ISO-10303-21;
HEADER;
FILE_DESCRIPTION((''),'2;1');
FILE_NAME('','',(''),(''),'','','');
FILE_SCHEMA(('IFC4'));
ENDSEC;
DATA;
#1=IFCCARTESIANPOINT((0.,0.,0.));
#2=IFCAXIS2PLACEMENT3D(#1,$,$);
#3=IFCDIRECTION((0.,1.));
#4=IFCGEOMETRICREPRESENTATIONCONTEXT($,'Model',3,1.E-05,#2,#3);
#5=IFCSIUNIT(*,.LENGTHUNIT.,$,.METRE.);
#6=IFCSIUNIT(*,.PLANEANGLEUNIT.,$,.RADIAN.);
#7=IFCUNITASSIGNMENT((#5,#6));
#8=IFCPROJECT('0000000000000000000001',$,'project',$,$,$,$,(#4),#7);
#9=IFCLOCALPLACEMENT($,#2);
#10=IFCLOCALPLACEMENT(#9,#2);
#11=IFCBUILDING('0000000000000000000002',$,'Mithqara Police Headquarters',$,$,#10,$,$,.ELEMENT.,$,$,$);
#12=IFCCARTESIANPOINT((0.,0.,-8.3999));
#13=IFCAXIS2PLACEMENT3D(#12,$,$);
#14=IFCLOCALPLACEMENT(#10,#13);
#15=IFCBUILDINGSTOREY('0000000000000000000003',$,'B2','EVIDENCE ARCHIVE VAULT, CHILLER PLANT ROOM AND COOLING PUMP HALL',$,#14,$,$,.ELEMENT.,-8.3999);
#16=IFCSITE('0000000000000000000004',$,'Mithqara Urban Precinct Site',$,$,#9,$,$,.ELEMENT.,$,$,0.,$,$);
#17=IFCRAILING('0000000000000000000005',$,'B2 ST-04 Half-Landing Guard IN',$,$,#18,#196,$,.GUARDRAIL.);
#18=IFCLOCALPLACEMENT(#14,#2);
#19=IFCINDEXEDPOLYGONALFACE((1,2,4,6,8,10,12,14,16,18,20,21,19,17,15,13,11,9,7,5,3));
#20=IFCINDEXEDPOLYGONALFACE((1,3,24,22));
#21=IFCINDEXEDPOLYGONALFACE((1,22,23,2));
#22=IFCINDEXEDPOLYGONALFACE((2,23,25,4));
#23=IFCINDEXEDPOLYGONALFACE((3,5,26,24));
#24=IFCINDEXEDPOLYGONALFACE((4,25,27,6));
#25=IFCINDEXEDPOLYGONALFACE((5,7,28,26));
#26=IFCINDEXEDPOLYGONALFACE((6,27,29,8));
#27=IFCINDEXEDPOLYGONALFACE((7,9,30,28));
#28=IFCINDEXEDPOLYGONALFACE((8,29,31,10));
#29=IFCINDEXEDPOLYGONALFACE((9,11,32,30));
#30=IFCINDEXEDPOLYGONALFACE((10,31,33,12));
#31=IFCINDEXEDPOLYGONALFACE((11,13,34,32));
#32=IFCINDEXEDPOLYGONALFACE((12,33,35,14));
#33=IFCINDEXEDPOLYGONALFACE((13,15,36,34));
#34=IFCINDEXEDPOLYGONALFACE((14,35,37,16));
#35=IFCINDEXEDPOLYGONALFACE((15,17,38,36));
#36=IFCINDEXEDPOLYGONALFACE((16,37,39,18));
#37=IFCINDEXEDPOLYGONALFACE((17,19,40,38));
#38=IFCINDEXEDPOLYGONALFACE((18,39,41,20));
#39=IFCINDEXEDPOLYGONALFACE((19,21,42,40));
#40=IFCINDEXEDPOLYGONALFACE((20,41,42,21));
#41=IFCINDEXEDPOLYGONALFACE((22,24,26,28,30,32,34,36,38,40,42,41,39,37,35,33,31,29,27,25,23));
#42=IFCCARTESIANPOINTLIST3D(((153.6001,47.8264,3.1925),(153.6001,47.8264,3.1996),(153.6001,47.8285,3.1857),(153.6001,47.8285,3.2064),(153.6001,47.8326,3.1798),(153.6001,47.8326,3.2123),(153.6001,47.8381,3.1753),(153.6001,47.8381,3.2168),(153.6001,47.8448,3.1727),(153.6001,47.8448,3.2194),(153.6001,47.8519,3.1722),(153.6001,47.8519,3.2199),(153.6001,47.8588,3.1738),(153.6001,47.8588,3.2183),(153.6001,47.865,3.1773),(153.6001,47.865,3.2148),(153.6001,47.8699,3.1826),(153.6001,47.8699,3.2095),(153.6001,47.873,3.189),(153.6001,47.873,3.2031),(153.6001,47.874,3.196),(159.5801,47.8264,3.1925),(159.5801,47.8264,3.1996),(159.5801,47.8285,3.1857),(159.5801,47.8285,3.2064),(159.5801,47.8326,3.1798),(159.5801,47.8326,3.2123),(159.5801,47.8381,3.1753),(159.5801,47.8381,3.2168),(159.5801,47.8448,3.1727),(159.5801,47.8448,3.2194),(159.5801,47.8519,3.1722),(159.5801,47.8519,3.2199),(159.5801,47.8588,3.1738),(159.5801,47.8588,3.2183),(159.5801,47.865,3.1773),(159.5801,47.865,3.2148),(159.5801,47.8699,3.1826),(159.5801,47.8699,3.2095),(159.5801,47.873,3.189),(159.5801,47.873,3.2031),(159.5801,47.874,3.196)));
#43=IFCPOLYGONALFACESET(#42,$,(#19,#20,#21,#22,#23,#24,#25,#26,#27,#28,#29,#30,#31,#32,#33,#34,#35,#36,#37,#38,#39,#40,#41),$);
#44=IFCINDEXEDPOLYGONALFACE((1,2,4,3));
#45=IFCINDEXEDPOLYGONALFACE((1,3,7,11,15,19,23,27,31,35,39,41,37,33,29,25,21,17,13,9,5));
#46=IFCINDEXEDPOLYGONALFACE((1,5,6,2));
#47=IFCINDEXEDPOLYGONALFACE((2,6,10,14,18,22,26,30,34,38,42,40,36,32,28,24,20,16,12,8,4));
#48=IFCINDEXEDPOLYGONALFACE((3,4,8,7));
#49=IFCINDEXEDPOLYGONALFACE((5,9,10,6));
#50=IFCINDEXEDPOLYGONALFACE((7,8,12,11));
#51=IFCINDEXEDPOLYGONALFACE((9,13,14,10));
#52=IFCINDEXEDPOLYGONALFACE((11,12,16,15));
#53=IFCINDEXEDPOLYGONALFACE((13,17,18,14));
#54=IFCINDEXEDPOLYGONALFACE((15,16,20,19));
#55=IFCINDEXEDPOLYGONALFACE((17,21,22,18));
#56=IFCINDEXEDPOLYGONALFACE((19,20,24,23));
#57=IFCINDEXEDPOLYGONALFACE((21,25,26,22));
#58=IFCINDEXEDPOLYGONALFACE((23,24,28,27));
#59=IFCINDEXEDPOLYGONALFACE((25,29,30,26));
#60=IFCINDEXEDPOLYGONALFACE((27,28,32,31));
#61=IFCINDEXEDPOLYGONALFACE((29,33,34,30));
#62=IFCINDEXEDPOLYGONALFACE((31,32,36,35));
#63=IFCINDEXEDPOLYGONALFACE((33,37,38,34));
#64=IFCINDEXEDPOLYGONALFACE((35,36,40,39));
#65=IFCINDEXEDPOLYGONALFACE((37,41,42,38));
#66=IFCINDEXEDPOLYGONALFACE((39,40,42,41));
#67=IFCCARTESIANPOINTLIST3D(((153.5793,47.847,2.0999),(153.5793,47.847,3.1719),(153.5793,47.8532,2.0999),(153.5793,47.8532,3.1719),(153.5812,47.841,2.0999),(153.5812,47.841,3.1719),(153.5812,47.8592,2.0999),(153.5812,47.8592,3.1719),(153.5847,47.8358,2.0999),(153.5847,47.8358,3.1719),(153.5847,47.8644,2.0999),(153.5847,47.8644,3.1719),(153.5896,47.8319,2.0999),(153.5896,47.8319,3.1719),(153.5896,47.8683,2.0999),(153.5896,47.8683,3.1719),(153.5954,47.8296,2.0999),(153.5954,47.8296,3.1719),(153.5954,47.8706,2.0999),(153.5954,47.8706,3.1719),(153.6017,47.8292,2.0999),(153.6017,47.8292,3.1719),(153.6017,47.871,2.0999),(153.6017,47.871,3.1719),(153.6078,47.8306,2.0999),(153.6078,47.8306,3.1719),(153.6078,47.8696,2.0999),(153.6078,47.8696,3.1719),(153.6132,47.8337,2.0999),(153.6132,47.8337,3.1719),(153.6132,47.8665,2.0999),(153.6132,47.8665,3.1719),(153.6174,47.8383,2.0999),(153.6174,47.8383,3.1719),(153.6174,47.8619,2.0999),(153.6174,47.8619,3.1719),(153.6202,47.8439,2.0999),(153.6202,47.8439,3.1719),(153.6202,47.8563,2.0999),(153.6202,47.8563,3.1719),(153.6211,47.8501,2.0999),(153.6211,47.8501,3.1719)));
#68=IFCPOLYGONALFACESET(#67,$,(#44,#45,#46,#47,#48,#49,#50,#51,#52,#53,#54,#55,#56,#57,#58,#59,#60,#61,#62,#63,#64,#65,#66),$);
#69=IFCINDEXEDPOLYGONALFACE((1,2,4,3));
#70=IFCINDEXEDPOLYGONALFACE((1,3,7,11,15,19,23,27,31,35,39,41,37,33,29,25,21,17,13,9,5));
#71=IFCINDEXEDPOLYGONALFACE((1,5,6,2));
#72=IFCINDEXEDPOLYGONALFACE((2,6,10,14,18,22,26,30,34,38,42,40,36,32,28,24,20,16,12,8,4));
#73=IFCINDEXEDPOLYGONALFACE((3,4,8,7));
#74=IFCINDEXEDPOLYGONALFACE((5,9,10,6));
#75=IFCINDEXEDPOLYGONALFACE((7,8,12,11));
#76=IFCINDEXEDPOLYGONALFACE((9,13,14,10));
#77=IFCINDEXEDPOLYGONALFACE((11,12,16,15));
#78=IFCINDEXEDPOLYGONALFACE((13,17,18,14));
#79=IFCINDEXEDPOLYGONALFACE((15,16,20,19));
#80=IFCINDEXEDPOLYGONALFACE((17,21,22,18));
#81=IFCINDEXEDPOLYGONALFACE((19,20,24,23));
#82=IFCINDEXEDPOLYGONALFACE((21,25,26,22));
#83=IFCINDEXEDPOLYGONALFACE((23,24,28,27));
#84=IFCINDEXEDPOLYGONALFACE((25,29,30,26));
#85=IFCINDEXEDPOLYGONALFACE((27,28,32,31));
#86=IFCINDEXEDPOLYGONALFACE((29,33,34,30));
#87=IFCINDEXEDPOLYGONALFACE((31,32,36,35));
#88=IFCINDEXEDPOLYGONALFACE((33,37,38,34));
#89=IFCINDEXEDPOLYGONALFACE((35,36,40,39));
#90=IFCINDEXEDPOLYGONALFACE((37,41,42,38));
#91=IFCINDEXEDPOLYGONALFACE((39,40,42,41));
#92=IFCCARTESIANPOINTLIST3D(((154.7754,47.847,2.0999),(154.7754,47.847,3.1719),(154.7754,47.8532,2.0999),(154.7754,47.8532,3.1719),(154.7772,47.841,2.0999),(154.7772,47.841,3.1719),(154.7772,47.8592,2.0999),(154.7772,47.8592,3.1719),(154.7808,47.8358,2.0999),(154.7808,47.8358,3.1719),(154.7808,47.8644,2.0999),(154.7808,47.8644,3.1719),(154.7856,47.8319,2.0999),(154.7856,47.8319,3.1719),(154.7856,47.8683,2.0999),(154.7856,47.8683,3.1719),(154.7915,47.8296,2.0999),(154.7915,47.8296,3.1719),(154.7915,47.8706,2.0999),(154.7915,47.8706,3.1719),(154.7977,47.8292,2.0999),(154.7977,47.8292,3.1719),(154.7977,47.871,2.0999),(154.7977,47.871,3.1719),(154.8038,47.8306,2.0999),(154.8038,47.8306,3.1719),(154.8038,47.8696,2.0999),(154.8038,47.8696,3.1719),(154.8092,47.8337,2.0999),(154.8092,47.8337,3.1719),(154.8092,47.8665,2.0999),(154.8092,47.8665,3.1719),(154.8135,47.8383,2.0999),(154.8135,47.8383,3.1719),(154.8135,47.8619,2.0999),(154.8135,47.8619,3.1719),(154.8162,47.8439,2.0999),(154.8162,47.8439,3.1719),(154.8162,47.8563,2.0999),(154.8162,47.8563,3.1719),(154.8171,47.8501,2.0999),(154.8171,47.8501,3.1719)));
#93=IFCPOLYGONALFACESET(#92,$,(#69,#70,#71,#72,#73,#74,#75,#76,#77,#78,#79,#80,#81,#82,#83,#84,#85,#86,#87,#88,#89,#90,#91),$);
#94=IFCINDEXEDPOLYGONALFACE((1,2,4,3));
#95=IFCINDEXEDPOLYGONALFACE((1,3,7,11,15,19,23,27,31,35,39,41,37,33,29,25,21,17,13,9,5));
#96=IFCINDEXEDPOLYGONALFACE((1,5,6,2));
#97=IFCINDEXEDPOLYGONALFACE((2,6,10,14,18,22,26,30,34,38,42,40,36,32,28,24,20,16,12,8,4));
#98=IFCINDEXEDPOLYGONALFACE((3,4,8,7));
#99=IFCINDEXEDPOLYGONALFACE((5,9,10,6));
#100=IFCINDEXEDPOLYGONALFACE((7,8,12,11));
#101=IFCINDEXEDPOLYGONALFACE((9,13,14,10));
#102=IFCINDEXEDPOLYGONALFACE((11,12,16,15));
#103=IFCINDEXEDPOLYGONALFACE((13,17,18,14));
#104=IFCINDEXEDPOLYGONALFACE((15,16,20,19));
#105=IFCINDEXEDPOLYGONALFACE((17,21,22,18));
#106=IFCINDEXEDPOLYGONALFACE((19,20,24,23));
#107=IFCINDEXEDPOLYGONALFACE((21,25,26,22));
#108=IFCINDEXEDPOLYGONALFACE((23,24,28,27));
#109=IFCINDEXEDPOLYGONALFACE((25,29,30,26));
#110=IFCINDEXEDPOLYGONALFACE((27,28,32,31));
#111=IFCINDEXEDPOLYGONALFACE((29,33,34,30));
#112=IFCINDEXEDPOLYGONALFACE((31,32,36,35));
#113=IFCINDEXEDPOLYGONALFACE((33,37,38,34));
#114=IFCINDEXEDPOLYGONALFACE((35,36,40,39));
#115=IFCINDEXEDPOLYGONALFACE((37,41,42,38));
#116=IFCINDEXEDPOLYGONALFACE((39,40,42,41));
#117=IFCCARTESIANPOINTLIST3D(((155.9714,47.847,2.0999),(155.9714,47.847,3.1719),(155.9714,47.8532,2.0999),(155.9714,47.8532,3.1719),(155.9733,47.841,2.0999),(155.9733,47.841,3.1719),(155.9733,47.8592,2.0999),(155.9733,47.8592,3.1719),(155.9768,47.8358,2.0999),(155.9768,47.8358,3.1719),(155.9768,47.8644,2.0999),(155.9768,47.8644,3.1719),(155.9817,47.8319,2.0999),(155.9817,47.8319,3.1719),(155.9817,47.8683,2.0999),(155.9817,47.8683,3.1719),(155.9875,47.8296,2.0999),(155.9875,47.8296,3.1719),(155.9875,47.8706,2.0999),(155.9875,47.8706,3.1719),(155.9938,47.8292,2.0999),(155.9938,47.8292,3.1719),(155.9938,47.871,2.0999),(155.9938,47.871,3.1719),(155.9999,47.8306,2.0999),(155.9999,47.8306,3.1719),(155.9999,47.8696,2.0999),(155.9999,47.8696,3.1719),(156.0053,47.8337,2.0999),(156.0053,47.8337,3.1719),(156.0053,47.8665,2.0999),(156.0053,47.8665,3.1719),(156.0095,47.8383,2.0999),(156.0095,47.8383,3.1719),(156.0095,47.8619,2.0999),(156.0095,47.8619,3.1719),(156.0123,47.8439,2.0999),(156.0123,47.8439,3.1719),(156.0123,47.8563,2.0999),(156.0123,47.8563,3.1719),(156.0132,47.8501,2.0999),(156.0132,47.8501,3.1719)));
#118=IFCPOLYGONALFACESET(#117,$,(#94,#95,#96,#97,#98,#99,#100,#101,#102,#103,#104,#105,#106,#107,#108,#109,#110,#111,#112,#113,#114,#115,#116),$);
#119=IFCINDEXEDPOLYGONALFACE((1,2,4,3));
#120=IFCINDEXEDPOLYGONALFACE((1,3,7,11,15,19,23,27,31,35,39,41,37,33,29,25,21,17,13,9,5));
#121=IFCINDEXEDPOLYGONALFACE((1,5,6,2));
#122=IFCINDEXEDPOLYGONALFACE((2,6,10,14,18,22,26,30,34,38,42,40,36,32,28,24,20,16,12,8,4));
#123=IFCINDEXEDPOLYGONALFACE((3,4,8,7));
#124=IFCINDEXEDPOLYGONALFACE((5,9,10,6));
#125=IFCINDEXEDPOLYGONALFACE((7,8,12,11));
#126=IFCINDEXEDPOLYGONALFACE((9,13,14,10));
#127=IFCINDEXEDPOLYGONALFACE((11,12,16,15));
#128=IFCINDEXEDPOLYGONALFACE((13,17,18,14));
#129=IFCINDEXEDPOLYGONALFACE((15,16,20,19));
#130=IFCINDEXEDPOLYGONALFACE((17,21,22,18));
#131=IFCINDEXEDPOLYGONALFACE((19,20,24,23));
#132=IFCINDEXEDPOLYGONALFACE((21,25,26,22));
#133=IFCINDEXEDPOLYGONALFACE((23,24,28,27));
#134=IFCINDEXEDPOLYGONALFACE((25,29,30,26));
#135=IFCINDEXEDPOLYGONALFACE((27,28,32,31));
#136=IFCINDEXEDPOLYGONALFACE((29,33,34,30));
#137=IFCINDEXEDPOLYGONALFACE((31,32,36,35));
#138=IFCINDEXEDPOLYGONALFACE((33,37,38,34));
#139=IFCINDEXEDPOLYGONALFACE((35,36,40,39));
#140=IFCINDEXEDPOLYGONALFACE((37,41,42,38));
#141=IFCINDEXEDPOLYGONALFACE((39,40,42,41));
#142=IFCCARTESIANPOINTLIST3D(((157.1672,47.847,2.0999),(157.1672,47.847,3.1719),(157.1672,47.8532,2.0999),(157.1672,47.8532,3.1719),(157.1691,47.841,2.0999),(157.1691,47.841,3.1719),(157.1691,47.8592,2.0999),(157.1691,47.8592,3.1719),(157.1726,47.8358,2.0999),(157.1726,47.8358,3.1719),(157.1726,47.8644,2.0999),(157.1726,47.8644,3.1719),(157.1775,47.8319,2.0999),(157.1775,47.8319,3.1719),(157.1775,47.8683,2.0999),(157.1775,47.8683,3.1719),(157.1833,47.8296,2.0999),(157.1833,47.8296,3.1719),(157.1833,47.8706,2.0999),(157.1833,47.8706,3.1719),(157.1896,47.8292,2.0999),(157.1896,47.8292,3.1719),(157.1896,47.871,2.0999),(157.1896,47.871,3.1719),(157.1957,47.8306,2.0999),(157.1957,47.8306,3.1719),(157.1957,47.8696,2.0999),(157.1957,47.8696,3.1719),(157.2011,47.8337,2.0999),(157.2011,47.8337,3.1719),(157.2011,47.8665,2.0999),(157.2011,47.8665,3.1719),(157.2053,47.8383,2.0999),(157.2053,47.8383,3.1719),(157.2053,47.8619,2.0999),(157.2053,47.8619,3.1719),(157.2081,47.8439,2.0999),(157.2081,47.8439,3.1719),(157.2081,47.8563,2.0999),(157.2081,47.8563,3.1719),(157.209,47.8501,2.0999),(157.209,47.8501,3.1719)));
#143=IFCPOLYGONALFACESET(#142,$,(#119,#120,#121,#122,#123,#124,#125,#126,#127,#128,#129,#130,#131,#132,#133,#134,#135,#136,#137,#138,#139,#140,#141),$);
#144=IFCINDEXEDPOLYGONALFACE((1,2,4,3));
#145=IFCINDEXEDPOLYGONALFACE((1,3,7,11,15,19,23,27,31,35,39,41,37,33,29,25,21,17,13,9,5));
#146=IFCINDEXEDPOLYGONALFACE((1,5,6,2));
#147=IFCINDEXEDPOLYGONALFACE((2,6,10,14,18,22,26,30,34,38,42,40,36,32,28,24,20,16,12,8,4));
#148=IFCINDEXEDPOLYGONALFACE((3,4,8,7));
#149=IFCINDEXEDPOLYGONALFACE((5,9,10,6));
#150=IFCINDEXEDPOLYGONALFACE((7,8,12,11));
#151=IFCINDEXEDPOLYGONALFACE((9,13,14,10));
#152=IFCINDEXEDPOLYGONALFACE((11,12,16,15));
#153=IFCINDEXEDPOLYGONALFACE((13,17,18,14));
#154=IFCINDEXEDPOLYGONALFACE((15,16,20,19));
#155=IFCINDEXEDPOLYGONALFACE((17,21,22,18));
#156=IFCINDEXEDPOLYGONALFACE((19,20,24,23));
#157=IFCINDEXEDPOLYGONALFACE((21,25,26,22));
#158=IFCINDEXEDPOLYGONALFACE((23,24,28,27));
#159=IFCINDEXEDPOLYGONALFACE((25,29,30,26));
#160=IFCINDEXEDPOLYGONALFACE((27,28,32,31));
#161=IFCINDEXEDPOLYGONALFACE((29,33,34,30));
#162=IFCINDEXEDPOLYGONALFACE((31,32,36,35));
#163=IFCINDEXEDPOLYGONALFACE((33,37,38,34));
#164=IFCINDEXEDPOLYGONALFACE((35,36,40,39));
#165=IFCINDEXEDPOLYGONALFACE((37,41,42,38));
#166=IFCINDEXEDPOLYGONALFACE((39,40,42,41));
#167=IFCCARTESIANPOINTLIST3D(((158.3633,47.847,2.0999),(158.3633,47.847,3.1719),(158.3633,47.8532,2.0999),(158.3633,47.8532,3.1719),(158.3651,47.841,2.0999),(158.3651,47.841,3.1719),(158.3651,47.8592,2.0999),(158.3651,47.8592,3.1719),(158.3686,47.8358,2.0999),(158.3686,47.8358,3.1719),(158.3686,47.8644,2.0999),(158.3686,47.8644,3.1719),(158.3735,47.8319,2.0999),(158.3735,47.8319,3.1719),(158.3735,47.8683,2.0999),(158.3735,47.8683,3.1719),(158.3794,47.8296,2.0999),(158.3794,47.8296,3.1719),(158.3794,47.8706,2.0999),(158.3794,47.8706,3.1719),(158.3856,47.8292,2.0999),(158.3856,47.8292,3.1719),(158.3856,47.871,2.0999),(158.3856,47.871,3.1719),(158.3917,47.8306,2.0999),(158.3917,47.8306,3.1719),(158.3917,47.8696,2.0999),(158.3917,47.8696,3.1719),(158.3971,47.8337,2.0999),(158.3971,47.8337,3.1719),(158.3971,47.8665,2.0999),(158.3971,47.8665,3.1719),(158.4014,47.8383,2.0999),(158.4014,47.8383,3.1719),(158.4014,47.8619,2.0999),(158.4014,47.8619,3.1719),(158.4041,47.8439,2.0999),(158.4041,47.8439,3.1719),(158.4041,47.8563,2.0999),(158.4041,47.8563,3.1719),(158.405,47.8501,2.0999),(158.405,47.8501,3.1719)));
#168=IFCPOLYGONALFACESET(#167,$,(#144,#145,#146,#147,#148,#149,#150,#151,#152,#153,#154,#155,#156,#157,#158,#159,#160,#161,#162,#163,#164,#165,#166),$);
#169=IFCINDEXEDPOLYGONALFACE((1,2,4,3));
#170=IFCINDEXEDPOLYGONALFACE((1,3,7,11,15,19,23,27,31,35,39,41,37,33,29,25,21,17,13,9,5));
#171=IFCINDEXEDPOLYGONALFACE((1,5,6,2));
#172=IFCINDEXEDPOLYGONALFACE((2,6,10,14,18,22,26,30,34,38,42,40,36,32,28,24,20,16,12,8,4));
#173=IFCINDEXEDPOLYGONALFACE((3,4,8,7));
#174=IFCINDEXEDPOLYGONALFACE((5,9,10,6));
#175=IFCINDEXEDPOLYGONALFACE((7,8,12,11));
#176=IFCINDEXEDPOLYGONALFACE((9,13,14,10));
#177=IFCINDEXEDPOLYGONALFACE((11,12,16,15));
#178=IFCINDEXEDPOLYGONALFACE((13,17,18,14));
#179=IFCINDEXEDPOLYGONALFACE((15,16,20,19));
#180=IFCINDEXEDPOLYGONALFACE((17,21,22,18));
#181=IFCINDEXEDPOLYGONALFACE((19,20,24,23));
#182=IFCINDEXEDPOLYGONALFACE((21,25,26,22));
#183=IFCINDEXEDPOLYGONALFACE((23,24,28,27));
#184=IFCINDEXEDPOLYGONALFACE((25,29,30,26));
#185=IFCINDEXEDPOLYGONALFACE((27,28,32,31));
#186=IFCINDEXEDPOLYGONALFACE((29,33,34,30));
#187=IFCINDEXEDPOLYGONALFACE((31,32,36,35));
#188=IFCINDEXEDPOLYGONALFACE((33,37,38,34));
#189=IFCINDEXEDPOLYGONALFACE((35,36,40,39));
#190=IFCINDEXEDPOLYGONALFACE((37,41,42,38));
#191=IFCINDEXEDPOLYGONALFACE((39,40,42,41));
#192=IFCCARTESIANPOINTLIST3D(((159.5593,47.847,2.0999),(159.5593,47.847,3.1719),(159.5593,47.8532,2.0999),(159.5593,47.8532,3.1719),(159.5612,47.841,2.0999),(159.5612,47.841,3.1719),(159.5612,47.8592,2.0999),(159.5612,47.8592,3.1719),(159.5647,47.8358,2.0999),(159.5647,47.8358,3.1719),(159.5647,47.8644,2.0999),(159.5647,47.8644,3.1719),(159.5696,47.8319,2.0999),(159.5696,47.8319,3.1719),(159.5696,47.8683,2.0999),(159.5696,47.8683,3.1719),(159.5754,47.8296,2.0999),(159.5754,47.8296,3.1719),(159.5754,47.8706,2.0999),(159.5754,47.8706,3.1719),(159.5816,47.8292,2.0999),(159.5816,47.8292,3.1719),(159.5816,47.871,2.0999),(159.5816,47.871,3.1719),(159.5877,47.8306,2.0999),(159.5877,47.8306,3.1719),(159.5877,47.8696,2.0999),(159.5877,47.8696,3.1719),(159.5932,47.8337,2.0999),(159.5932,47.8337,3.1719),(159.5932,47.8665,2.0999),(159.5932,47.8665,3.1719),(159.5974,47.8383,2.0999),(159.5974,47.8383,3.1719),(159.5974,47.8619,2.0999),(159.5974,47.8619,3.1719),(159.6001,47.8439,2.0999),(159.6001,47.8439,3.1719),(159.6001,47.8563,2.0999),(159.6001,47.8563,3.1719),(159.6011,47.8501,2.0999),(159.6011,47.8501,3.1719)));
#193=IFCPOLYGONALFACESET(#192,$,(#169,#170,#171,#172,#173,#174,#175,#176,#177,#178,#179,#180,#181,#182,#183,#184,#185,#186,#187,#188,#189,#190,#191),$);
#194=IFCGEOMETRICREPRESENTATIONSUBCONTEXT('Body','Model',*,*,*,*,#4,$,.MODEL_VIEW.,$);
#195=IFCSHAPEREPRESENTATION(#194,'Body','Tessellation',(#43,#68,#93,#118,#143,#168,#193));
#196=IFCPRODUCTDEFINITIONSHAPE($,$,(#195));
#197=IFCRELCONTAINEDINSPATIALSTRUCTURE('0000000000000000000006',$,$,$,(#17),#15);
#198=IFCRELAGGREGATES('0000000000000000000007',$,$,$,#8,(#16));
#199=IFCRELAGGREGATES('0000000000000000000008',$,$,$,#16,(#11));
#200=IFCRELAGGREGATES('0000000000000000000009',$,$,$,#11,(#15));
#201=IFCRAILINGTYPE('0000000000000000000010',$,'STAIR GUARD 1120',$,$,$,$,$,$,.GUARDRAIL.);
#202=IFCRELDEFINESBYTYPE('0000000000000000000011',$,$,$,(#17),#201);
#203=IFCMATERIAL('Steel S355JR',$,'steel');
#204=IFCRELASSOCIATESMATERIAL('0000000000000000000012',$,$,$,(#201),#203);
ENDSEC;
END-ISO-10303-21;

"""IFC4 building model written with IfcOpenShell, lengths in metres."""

from ifc_helpers import new_model, si_unit, direction, frame, origin, origin_2d, place, context, subcontext, project, spatial, circle, extrude, material, type_object, element, save


model = new_model("IFC4")

# Units and contexts
model_context = context("Model", 3, precision=1e-05, world=origin(), true_north=direction((0.0, 1.0)))
body_context = subcontext(model_context, "Body", "Model", "MODEL_VIEW")
ifc_project = project(units=[si_unit("LENGTHUNIT", "METRE"), si_unit("PLANEANGLEUNIT", "RADIAN")], contexts=[model_context])

# Site, building, storey
site_placement = place(None, origin())
site = spatial("IfcSite", under=ifc_project, at=site_placement, Name="Mithqara Urban Precinct Site", CompositionType="ELEMENT", RefElevation=0.0)
building_placement = place(site_placement, origin())
building = spatial("IfcBuilding", under=site, at=building_placement, Name="Mithqara Police Headquarters", CompositionType="ELEMENT")
storey_placement = place(building_placement, frame((0.0, 0.0, -8.3999)))
storey = spatial("IfcBuildingStorey", under=building, at=storey_placement, Name="B2", Description="EVIDENCE ARCHIVE VAULT, CHILLER PLANT ROOM AND COOLING PUMP HALL", CompositionType="ELEMENT", Elevation=-8.3999)

# Railing
ifc_material_1 = material(Name="Steel S355JR", Category="steel")
railing_type_1 = type_object("IfcRailingType", Name="STAIR GUARD 1120", PredefinedType="GUARDRAIL", material=ifc_material_1)
for number, where, name in (
    (1, (153.6001, 47.8501, 2.0999), "B2 ST-04 Half-Landing Guard IN"),
):
    element("IfcRailing", number, at=place(storey_placement, frame(where)), inside=storey, type_object=railing_type_1, Name=name, PredefinedType="GUARDRAIL", context=body_context, shape_type="SweptSolid", body=[
        extrude(circle(Radius=0.0239, at=origin_2d()), frame((0.0, 0.0, 1.0962), z_axis=(1.0, 0.0, 0.0), x_axis=(0.0, 1.0, 0.0)), (0.0, 0.0, 1.0), 5.98),
        extrude(circle(Radius=0.021, at=origin_2d()), origin(), (0.0, 0.0, 1.0), 1.072),
        extrude(circle(Radius=0.021, at=origin_2d()), frame((1.196, 0.0, 0.0)), (0.0, 0.0, 1.0), 1.072),
        extrude(circle(Radius=0.021, at=origin_2d()), frame((2.3921, 0.0, 0.0)), (0.0, 0.0, 1.0), 1.072),
        extrude(circle(Radius=0.021, at=origin_2d()), frame((3.5879, 0.0, 0.0)), (0.0, 0.0, 1.0), 1.072),
        extrude(circle(Radius=0.021, at=origin_2d()), frame((4.7839, 0.0, 0.0)), (0.0, 0.0, 1.0), 1.072),
        extrude(circle(Radius=0.021, at=origin_2d()), frame((5.98, 0.0, 0.0)), (0.0, 0.0, 1.0), 1.072),
    ])

save(model, "model.ifc")
